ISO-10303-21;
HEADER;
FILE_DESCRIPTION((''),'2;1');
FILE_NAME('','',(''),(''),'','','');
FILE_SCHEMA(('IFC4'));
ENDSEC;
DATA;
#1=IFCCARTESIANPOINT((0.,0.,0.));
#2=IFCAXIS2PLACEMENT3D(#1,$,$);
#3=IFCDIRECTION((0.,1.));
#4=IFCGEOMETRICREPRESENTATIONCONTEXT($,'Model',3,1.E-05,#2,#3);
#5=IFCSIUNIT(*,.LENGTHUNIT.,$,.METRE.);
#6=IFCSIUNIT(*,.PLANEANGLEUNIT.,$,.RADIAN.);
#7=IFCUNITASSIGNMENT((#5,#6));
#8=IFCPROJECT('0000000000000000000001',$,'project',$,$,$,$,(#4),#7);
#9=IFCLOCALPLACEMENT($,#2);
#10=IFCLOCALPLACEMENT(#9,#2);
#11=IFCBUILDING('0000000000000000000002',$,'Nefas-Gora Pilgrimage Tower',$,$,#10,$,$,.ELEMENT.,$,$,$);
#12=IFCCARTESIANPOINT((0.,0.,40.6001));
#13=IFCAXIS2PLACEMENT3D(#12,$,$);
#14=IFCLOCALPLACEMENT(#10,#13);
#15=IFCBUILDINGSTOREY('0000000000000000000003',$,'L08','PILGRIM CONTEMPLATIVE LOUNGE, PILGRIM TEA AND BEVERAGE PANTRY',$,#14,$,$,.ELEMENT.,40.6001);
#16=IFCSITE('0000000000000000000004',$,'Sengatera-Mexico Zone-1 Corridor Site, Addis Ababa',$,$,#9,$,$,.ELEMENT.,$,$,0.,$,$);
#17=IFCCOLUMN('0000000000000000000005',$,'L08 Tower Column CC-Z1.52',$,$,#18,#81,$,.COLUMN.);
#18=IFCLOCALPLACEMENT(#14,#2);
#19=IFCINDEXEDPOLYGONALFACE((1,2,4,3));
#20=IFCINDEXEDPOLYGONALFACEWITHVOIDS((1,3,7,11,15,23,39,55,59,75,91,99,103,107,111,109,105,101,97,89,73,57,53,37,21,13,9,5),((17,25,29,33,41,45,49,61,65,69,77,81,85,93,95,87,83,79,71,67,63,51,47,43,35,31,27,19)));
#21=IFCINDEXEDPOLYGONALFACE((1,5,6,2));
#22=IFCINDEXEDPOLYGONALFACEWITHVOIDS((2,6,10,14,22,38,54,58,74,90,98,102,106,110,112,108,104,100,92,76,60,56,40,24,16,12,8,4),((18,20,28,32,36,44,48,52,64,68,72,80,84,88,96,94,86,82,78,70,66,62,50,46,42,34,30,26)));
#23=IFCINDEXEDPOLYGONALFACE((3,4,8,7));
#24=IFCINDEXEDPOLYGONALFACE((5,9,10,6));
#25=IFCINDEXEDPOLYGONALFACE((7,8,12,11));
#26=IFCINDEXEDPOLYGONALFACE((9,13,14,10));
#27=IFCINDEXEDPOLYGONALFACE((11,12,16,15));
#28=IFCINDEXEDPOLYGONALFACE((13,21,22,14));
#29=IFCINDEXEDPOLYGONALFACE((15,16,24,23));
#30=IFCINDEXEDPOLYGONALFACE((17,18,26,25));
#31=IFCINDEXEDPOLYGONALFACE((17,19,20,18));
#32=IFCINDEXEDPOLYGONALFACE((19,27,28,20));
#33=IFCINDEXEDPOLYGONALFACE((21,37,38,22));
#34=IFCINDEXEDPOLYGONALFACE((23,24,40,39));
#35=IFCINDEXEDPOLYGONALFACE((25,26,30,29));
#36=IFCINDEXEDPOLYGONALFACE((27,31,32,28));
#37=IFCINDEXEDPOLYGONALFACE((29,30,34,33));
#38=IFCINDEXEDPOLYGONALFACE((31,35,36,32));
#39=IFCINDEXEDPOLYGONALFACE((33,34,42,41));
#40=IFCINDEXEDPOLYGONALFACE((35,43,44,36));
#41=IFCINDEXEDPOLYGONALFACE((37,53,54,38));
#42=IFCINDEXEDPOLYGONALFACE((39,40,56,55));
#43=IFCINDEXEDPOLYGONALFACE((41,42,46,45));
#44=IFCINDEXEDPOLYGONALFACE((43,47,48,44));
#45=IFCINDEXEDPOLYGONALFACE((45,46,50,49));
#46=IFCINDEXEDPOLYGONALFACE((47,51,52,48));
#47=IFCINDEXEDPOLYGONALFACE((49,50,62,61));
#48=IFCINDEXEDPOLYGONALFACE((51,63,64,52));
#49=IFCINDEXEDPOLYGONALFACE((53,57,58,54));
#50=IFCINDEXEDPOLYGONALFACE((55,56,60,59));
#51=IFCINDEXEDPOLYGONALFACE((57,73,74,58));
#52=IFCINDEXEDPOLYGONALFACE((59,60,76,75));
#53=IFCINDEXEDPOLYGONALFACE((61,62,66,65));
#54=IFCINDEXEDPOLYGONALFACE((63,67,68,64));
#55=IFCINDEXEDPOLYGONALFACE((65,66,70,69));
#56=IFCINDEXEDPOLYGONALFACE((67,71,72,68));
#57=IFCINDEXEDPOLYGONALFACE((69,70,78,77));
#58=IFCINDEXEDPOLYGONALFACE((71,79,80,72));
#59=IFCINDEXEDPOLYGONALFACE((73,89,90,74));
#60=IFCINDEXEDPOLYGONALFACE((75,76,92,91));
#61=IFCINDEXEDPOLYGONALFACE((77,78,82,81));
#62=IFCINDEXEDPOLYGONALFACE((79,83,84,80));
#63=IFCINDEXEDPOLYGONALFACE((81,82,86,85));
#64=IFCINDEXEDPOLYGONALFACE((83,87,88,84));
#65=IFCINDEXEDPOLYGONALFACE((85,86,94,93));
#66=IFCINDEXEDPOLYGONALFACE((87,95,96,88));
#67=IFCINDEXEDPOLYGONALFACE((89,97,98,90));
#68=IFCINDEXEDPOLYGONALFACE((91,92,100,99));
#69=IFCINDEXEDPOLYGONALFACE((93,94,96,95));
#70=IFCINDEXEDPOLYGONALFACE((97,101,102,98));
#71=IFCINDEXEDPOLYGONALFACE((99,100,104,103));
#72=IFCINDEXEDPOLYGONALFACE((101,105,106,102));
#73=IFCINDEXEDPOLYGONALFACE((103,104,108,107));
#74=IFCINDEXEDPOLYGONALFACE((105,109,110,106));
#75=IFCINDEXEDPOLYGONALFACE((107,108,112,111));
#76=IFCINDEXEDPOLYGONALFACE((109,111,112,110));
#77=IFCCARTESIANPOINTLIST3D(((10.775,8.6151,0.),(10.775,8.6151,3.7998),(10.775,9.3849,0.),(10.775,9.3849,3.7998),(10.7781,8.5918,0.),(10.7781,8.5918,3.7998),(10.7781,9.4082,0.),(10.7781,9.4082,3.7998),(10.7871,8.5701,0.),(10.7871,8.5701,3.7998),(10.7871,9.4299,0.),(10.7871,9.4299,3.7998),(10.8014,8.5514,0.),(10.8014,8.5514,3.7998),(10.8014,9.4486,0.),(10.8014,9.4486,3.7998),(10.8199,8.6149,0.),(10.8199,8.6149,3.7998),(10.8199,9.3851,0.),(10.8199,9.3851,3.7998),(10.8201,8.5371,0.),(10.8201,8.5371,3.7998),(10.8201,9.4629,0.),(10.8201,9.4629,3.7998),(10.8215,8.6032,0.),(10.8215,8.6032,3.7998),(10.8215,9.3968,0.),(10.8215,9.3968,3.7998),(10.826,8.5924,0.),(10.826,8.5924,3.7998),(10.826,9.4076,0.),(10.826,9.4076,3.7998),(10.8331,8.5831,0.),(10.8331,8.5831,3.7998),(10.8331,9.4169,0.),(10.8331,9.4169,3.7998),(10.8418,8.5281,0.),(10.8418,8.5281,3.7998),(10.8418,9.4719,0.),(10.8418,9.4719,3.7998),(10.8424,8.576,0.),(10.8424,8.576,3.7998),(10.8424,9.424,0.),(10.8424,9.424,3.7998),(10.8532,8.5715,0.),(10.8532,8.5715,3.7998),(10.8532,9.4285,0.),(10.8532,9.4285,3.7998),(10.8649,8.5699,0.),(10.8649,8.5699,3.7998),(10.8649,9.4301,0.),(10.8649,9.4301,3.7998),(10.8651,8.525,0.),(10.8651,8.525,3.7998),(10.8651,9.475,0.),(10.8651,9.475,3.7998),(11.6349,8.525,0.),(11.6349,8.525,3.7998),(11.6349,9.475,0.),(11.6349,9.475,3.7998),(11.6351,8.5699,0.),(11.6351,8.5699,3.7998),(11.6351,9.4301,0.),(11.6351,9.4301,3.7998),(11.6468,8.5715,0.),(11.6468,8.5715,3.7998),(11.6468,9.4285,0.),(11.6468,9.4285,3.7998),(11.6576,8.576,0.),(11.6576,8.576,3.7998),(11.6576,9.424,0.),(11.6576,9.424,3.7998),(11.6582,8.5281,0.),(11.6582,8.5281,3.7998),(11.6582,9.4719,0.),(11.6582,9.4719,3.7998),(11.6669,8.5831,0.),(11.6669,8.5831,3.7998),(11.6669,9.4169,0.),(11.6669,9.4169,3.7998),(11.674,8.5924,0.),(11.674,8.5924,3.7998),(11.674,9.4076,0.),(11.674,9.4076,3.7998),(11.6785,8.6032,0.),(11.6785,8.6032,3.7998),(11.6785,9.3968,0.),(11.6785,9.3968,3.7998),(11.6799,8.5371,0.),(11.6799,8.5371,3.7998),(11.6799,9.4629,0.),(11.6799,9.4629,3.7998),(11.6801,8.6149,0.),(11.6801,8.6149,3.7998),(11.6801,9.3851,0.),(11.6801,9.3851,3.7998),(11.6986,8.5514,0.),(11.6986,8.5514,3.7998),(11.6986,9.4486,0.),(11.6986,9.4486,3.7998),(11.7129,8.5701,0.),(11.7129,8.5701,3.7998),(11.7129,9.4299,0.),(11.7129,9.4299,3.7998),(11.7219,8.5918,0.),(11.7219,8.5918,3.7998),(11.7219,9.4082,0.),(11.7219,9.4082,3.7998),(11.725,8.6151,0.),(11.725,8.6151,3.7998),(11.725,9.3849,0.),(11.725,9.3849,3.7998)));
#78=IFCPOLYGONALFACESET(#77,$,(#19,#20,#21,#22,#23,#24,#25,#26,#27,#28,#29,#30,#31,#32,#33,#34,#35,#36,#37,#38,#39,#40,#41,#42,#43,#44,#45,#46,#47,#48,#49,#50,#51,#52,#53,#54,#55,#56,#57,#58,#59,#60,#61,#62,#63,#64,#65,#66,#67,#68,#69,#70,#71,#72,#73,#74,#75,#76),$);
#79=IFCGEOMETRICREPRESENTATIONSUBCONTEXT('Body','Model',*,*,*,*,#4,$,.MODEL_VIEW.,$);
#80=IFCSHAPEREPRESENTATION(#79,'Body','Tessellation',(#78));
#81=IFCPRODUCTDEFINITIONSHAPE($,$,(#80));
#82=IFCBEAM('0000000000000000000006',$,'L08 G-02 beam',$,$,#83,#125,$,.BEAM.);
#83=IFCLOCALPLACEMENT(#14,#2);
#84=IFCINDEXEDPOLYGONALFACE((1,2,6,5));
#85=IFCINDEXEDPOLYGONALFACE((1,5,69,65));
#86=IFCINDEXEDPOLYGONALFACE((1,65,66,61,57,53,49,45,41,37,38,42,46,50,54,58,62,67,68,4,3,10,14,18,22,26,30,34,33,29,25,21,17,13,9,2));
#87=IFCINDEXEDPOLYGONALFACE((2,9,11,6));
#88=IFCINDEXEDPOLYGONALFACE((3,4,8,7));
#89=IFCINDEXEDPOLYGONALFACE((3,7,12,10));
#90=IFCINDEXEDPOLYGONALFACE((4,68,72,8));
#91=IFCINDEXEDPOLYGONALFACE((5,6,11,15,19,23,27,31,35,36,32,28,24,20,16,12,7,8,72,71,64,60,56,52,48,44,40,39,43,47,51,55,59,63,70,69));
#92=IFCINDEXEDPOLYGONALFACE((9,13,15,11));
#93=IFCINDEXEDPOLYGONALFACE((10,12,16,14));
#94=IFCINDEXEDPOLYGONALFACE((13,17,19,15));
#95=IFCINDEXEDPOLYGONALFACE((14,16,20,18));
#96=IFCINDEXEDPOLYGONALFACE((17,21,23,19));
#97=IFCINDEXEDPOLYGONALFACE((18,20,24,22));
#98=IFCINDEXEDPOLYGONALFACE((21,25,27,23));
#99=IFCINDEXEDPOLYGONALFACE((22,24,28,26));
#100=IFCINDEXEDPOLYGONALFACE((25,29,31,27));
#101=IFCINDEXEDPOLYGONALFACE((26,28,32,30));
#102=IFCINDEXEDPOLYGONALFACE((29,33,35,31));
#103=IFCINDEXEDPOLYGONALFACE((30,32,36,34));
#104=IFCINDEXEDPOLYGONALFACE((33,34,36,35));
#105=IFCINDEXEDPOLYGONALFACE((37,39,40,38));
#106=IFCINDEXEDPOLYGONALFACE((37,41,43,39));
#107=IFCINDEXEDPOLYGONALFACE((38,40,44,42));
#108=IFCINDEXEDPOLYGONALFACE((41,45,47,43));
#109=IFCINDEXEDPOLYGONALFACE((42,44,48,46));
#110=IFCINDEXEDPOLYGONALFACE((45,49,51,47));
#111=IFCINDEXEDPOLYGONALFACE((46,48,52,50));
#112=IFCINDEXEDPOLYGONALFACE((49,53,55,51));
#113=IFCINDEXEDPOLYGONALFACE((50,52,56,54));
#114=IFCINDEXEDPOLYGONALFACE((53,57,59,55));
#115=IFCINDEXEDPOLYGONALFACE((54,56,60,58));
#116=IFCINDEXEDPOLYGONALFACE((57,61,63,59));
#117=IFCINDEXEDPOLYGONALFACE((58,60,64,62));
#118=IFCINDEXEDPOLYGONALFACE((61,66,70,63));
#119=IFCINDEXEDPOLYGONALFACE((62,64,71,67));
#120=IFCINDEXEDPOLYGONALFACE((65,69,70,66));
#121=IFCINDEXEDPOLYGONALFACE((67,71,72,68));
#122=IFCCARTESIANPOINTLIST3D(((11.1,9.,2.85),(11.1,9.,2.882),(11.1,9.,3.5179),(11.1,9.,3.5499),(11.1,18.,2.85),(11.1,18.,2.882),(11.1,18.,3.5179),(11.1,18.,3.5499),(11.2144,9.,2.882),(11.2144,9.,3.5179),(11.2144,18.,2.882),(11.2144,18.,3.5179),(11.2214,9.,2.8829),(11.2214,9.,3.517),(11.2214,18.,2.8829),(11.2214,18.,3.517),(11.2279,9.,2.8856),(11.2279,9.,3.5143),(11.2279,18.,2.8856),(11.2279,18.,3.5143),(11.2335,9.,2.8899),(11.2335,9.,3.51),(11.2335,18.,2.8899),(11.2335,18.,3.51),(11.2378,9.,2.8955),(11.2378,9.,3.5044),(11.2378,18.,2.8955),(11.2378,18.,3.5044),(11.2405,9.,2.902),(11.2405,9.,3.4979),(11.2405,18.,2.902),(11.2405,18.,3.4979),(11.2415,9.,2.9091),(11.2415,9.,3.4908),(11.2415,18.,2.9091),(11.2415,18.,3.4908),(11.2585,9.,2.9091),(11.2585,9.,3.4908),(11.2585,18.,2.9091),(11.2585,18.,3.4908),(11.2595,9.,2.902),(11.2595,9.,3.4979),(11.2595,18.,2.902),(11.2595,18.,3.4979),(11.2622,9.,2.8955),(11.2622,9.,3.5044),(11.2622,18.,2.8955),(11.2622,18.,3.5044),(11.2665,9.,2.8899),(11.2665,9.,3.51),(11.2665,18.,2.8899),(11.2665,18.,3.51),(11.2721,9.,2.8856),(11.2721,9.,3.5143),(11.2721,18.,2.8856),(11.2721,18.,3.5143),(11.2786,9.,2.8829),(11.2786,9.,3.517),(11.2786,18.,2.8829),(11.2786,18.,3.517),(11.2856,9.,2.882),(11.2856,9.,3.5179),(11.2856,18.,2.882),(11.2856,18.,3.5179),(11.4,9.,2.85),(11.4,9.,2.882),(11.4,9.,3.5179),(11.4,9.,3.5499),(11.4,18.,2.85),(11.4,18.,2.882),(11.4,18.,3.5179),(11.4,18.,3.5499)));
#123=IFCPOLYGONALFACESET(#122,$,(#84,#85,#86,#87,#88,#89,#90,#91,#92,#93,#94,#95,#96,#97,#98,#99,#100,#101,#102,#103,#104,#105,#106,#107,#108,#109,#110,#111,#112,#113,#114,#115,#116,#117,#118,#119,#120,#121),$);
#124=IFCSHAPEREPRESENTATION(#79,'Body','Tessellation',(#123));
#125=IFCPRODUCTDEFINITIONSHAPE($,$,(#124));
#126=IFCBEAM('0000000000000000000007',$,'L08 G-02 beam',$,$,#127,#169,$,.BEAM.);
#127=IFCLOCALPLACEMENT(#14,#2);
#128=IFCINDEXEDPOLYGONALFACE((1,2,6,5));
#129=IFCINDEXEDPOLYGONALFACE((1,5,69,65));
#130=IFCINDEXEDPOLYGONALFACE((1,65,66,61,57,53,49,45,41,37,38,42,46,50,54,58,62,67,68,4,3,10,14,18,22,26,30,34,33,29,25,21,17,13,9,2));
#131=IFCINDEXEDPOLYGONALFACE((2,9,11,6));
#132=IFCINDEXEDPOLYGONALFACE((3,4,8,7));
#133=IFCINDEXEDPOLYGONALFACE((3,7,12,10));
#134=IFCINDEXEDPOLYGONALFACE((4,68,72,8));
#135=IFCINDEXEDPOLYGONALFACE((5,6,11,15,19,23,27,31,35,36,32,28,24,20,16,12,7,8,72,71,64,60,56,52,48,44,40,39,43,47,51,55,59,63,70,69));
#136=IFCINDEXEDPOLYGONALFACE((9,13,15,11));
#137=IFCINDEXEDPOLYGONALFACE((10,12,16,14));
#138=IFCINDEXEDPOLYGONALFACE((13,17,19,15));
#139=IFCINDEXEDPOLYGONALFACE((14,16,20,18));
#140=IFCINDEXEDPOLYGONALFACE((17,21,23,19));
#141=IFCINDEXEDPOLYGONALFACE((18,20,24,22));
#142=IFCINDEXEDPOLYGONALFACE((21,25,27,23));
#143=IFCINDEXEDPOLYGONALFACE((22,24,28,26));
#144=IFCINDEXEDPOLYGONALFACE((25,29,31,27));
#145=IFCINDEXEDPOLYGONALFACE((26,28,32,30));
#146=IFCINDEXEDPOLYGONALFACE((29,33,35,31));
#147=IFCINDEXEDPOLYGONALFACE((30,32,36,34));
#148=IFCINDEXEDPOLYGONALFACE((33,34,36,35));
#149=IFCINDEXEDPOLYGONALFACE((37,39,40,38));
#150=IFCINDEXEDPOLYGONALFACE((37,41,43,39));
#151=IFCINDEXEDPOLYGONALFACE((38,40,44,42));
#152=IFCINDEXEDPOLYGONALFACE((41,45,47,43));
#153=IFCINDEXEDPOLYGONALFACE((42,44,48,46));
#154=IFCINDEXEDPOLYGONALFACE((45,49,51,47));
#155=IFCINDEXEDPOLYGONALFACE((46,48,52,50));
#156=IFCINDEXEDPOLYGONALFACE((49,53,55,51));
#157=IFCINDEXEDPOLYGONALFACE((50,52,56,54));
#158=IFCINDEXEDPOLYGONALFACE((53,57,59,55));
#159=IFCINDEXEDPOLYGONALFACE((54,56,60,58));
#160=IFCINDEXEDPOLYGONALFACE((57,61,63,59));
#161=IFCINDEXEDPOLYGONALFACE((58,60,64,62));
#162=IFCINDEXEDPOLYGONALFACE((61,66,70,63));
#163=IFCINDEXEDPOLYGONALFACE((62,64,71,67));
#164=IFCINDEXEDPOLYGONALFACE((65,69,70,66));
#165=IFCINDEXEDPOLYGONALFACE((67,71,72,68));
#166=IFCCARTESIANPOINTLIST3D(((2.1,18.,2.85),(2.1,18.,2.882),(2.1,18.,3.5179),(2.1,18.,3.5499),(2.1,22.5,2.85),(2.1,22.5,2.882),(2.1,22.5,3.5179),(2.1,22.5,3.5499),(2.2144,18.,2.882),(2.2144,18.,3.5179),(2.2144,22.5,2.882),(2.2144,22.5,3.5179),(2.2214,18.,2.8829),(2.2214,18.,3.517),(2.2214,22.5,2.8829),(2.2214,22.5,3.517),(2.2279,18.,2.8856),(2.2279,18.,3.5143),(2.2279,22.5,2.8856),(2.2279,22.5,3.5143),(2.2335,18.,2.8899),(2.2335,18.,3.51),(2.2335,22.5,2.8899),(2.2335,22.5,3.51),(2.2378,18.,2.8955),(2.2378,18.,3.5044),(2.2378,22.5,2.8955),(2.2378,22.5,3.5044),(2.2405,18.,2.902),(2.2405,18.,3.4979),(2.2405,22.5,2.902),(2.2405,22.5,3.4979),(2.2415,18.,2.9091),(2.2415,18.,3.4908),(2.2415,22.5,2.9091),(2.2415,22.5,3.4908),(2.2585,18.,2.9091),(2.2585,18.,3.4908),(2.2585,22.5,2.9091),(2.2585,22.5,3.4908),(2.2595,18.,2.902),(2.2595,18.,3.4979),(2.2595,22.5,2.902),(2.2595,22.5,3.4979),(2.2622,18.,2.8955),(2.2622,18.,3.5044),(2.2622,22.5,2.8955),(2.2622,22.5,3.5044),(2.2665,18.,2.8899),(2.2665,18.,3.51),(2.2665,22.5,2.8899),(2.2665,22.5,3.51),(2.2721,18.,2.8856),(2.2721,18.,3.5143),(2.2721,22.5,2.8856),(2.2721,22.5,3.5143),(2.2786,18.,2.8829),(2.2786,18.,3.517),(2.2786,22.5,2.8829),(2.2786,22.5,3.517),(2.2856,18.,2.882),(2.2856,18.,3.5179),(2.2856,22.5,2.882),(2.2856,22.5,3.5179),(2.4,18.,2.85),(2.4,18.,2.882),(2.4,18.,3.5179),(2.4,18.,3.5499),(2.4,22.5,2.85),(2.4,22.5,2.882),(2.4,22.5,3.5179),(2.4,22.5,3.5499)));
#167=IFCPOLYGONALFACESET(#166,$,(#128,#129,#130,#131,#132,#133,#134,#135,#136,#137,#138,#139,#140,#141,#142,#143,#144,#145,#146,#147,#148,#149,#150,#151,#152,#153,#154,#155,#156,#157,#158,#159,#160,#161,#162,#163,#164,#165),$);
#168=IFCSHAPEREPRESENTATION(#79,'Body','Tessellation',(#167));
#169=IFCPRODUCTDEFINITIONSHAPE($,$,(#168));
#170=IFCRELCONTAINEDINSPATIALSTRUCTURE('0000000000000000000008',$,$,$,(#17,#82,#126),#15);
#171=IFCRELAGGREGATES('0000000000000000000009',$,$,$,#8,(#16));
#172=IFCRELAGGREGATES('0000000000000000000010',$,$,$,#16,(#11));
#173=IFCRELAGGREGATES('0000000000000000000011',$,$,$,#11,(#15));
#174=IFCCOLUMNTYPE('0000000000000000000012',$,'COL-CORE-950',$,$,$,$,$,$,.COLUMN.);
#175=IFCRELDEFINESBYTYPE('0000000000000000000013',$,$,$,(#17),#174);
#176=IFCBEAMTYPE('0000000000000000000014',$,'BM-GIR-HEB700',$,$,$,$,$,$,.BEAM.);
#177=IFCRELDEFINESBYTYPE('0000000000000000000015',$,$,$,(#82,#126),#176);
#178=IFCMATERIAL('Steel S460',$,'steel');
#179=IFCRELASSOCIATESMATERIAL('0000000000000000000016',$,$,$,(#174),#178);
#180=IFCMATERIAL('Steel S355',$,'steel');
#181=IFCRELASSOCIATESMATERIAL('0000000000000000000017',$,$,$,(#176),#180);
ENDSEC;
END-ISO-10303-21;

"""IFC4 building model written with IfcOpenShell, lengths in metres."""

from ifc_helpers import new_model, si_unit, direction, frame, origin, origin_2d, place, context, subcontext, project, spatial, hollow_rectangle, i_section, extrude, source, transform, mapped, material, material_profile, profile_set, type_object, element, save


model = new_model("IFC4")

# Units and contexts
model_context = context("Model", 3, precision=1e-05, world=origin(), true_north=direction((0.0, 1.0)))
body_context = subcontext(model_context, "Body", "Model", "MODEL_VIEW")
ifc_project = project(units=[si_unit("LENGTHUNIT", "METRE"), si_unit("PLANEANGLEUNIT", "RADIAN")], contexts=[model_context])

# Site, building, storey
site_placement = place(None, origin())
site = spatial("IfcSite", under=ifc_project, at=site_placement, Name="Sengatera-Mexico Zone-1 Corridor Site, Addis Ababa", CompositionType="ELEMENT", RefElevation=0.0)
building_placement = place(site_placement, origin())
building = spatial("IfcBuilding", under=site, at=building_placement, Name="Nefas-Gora Pilgrimage Tower", CompositionType="ELEMENT")
storey_placement = place(building_placement, frame((0.0, 0.0, 40.6001)))
storey = spatial("IfcBuildingStorey", under=building, at=storey_placement, Name="L08", Description="PILGRIM CONTEMPLATIVE LOUNGE, PILGRIM TEA AND BEVERAGE PANTRY", CompositionType="ELEMENT", Elevation=40.6001)

# Column
ifc_material_1 = material(Name="Steel S460", Category="steel")
ifc_material_profile_1 = material_profile(ifc_material_1, hollow_rectangle(XDim=0.95, YDim=0.95, WallThickness=0.0449, InnerFilletRadius=0.0449, OuterFilletRadius=0.0901, at=origin_2d()), Name="BOX 950x950x45")
ifc_profile_set_1 = profile_set([ifc_material_profile_1], Name="Steel S460")
column_type_1 = type_object("IfcColumnType", Name="COL-CORE-950", PredefinedType="COLUMN", material=ifc_profile_set_1)
shared_shape_1 = source(origin(), body_context, "Body", "SweptSolid", [
    extrude(hollow_rectangle(XDim=0.95, YDim=0.95, WallThickness=0.0449, InnerFilletRadius=0.0449, OuterFilletRadius=0.0901, at=origin_2d()), origin(), (0.0, 0.0, 1.0), 3.7998),
])
column_placement = place(storey_placement, frame((11.25, 9.0, 0.0), z_axis=(0.0, 0.0, 1.0), x_axis=(1.0, 0.0, 0.0)))
element("IfcColumn", 1, at=column_placement, inside=storey, type_object=column_type_1, Name="L08 Tower Column CC-Z1.52", PredefinedType="COLUMN", context=body_context, shape_type="MappedRepresentation", body=[
    mapped(shared_shape_1, transform((0.0, 0.0, 0.0), x_axis=(1.0, 0.0, 0.0), y_axis=(0.0, 1.0, 0.0), z_axis=(0.0, 0.0, 1.0), scale=1.0)),
])

# Beams
ifc_material_2 = material(Name="Steel S355", Category="steel")
ifc_material_profile_2 = material_profile(ifc_material_2, i_section(OverallWidth=0.3, OverallDepth=0.7, WebThickness=0.0171, FlangeThickness=0.032, FilletRadius=0.0271, at=origin_2d()), Name="HEB 700")
ifc_profile_set_2 = profile_set([ifc_material_profile_2], Name="Steel S355")
beam_type_1 = type_object("IfcBeamType", Name="BM-GIR-HEB700", PredefinedType="BEAM", material=ifc_profile_set_2)
shared_shape_2 = source(origin(), body_context, "Body", "SweptSolid", [
    extrude(i_section(OverallWidth=0.3, OverallDepth=0.7, WebThickness=0.0171, FlangeThickness=0.032, FilletRadius=0.0271, at=origin_2d()), origin(), (0.0, 0.0, 1.0), 9.0),
])
beam_1_placement = place(storey_placement, frame((11.25, 9.0, 3.2), z_axis=(0.0, 1.0, 0.0), x_axis=(-1.0, 0.0, 0.0)))
element("IfcBeam", 2, at=beam_1_placement, inside=storey, type_object=beam_type_1, Name="L08 G-02 beam", PredefinedType="BEAM", context=body_context, shape_type="MappedRepresentation", body=[
    mapped(shared_shape_2, transform((0.0, 0.0, 0.0), x_axis=(1.0, 0.0, 0.0), y_axis=(0.0, 1.0, 0.0), z_axis=(0.0, 0.0, 1.0), scale=1.0)),
])
shared_shape_3 = source(origin(), body_context, "Body", "SweptSolid", [
    extrude(i_section(OverallWidth=0.3, OverallDepth=0.7, WebThickness=0.0171, FlangeThickness=0.032, FilletRadius=0.0271, at=origin_2d()), origin(), (0.0, 0.0, 1.0), 4.5),
])
for number, where, z_axis, x_axis, name in (
    (3, (2.25, 18.0, 3.2), (0.0, 1.0, 0.0), (-1.0, 0.0, 0.0), "L08 G-02 beam"),
):
    element("IfcBeam", number, at=place(storey_placement, frame(where, z_axis=z_axis, x_axis=x_axis)), inside=storey, type_object=beam_type_1, Name=name, PredefinedType="BEAM", context=body_context, shape_type="MappedRepresentation", body=[
        mapped(shared_shape_3, transform((0.0, 0.0, 0.0), x_axis=(1.0, 0.0, 0.0), y_axis=(0.0, 1.0, 0.0), z_axis=(0.0, 0.0, 1.0), scale=1.0)),
    ])

save(model, "model.ifc")
